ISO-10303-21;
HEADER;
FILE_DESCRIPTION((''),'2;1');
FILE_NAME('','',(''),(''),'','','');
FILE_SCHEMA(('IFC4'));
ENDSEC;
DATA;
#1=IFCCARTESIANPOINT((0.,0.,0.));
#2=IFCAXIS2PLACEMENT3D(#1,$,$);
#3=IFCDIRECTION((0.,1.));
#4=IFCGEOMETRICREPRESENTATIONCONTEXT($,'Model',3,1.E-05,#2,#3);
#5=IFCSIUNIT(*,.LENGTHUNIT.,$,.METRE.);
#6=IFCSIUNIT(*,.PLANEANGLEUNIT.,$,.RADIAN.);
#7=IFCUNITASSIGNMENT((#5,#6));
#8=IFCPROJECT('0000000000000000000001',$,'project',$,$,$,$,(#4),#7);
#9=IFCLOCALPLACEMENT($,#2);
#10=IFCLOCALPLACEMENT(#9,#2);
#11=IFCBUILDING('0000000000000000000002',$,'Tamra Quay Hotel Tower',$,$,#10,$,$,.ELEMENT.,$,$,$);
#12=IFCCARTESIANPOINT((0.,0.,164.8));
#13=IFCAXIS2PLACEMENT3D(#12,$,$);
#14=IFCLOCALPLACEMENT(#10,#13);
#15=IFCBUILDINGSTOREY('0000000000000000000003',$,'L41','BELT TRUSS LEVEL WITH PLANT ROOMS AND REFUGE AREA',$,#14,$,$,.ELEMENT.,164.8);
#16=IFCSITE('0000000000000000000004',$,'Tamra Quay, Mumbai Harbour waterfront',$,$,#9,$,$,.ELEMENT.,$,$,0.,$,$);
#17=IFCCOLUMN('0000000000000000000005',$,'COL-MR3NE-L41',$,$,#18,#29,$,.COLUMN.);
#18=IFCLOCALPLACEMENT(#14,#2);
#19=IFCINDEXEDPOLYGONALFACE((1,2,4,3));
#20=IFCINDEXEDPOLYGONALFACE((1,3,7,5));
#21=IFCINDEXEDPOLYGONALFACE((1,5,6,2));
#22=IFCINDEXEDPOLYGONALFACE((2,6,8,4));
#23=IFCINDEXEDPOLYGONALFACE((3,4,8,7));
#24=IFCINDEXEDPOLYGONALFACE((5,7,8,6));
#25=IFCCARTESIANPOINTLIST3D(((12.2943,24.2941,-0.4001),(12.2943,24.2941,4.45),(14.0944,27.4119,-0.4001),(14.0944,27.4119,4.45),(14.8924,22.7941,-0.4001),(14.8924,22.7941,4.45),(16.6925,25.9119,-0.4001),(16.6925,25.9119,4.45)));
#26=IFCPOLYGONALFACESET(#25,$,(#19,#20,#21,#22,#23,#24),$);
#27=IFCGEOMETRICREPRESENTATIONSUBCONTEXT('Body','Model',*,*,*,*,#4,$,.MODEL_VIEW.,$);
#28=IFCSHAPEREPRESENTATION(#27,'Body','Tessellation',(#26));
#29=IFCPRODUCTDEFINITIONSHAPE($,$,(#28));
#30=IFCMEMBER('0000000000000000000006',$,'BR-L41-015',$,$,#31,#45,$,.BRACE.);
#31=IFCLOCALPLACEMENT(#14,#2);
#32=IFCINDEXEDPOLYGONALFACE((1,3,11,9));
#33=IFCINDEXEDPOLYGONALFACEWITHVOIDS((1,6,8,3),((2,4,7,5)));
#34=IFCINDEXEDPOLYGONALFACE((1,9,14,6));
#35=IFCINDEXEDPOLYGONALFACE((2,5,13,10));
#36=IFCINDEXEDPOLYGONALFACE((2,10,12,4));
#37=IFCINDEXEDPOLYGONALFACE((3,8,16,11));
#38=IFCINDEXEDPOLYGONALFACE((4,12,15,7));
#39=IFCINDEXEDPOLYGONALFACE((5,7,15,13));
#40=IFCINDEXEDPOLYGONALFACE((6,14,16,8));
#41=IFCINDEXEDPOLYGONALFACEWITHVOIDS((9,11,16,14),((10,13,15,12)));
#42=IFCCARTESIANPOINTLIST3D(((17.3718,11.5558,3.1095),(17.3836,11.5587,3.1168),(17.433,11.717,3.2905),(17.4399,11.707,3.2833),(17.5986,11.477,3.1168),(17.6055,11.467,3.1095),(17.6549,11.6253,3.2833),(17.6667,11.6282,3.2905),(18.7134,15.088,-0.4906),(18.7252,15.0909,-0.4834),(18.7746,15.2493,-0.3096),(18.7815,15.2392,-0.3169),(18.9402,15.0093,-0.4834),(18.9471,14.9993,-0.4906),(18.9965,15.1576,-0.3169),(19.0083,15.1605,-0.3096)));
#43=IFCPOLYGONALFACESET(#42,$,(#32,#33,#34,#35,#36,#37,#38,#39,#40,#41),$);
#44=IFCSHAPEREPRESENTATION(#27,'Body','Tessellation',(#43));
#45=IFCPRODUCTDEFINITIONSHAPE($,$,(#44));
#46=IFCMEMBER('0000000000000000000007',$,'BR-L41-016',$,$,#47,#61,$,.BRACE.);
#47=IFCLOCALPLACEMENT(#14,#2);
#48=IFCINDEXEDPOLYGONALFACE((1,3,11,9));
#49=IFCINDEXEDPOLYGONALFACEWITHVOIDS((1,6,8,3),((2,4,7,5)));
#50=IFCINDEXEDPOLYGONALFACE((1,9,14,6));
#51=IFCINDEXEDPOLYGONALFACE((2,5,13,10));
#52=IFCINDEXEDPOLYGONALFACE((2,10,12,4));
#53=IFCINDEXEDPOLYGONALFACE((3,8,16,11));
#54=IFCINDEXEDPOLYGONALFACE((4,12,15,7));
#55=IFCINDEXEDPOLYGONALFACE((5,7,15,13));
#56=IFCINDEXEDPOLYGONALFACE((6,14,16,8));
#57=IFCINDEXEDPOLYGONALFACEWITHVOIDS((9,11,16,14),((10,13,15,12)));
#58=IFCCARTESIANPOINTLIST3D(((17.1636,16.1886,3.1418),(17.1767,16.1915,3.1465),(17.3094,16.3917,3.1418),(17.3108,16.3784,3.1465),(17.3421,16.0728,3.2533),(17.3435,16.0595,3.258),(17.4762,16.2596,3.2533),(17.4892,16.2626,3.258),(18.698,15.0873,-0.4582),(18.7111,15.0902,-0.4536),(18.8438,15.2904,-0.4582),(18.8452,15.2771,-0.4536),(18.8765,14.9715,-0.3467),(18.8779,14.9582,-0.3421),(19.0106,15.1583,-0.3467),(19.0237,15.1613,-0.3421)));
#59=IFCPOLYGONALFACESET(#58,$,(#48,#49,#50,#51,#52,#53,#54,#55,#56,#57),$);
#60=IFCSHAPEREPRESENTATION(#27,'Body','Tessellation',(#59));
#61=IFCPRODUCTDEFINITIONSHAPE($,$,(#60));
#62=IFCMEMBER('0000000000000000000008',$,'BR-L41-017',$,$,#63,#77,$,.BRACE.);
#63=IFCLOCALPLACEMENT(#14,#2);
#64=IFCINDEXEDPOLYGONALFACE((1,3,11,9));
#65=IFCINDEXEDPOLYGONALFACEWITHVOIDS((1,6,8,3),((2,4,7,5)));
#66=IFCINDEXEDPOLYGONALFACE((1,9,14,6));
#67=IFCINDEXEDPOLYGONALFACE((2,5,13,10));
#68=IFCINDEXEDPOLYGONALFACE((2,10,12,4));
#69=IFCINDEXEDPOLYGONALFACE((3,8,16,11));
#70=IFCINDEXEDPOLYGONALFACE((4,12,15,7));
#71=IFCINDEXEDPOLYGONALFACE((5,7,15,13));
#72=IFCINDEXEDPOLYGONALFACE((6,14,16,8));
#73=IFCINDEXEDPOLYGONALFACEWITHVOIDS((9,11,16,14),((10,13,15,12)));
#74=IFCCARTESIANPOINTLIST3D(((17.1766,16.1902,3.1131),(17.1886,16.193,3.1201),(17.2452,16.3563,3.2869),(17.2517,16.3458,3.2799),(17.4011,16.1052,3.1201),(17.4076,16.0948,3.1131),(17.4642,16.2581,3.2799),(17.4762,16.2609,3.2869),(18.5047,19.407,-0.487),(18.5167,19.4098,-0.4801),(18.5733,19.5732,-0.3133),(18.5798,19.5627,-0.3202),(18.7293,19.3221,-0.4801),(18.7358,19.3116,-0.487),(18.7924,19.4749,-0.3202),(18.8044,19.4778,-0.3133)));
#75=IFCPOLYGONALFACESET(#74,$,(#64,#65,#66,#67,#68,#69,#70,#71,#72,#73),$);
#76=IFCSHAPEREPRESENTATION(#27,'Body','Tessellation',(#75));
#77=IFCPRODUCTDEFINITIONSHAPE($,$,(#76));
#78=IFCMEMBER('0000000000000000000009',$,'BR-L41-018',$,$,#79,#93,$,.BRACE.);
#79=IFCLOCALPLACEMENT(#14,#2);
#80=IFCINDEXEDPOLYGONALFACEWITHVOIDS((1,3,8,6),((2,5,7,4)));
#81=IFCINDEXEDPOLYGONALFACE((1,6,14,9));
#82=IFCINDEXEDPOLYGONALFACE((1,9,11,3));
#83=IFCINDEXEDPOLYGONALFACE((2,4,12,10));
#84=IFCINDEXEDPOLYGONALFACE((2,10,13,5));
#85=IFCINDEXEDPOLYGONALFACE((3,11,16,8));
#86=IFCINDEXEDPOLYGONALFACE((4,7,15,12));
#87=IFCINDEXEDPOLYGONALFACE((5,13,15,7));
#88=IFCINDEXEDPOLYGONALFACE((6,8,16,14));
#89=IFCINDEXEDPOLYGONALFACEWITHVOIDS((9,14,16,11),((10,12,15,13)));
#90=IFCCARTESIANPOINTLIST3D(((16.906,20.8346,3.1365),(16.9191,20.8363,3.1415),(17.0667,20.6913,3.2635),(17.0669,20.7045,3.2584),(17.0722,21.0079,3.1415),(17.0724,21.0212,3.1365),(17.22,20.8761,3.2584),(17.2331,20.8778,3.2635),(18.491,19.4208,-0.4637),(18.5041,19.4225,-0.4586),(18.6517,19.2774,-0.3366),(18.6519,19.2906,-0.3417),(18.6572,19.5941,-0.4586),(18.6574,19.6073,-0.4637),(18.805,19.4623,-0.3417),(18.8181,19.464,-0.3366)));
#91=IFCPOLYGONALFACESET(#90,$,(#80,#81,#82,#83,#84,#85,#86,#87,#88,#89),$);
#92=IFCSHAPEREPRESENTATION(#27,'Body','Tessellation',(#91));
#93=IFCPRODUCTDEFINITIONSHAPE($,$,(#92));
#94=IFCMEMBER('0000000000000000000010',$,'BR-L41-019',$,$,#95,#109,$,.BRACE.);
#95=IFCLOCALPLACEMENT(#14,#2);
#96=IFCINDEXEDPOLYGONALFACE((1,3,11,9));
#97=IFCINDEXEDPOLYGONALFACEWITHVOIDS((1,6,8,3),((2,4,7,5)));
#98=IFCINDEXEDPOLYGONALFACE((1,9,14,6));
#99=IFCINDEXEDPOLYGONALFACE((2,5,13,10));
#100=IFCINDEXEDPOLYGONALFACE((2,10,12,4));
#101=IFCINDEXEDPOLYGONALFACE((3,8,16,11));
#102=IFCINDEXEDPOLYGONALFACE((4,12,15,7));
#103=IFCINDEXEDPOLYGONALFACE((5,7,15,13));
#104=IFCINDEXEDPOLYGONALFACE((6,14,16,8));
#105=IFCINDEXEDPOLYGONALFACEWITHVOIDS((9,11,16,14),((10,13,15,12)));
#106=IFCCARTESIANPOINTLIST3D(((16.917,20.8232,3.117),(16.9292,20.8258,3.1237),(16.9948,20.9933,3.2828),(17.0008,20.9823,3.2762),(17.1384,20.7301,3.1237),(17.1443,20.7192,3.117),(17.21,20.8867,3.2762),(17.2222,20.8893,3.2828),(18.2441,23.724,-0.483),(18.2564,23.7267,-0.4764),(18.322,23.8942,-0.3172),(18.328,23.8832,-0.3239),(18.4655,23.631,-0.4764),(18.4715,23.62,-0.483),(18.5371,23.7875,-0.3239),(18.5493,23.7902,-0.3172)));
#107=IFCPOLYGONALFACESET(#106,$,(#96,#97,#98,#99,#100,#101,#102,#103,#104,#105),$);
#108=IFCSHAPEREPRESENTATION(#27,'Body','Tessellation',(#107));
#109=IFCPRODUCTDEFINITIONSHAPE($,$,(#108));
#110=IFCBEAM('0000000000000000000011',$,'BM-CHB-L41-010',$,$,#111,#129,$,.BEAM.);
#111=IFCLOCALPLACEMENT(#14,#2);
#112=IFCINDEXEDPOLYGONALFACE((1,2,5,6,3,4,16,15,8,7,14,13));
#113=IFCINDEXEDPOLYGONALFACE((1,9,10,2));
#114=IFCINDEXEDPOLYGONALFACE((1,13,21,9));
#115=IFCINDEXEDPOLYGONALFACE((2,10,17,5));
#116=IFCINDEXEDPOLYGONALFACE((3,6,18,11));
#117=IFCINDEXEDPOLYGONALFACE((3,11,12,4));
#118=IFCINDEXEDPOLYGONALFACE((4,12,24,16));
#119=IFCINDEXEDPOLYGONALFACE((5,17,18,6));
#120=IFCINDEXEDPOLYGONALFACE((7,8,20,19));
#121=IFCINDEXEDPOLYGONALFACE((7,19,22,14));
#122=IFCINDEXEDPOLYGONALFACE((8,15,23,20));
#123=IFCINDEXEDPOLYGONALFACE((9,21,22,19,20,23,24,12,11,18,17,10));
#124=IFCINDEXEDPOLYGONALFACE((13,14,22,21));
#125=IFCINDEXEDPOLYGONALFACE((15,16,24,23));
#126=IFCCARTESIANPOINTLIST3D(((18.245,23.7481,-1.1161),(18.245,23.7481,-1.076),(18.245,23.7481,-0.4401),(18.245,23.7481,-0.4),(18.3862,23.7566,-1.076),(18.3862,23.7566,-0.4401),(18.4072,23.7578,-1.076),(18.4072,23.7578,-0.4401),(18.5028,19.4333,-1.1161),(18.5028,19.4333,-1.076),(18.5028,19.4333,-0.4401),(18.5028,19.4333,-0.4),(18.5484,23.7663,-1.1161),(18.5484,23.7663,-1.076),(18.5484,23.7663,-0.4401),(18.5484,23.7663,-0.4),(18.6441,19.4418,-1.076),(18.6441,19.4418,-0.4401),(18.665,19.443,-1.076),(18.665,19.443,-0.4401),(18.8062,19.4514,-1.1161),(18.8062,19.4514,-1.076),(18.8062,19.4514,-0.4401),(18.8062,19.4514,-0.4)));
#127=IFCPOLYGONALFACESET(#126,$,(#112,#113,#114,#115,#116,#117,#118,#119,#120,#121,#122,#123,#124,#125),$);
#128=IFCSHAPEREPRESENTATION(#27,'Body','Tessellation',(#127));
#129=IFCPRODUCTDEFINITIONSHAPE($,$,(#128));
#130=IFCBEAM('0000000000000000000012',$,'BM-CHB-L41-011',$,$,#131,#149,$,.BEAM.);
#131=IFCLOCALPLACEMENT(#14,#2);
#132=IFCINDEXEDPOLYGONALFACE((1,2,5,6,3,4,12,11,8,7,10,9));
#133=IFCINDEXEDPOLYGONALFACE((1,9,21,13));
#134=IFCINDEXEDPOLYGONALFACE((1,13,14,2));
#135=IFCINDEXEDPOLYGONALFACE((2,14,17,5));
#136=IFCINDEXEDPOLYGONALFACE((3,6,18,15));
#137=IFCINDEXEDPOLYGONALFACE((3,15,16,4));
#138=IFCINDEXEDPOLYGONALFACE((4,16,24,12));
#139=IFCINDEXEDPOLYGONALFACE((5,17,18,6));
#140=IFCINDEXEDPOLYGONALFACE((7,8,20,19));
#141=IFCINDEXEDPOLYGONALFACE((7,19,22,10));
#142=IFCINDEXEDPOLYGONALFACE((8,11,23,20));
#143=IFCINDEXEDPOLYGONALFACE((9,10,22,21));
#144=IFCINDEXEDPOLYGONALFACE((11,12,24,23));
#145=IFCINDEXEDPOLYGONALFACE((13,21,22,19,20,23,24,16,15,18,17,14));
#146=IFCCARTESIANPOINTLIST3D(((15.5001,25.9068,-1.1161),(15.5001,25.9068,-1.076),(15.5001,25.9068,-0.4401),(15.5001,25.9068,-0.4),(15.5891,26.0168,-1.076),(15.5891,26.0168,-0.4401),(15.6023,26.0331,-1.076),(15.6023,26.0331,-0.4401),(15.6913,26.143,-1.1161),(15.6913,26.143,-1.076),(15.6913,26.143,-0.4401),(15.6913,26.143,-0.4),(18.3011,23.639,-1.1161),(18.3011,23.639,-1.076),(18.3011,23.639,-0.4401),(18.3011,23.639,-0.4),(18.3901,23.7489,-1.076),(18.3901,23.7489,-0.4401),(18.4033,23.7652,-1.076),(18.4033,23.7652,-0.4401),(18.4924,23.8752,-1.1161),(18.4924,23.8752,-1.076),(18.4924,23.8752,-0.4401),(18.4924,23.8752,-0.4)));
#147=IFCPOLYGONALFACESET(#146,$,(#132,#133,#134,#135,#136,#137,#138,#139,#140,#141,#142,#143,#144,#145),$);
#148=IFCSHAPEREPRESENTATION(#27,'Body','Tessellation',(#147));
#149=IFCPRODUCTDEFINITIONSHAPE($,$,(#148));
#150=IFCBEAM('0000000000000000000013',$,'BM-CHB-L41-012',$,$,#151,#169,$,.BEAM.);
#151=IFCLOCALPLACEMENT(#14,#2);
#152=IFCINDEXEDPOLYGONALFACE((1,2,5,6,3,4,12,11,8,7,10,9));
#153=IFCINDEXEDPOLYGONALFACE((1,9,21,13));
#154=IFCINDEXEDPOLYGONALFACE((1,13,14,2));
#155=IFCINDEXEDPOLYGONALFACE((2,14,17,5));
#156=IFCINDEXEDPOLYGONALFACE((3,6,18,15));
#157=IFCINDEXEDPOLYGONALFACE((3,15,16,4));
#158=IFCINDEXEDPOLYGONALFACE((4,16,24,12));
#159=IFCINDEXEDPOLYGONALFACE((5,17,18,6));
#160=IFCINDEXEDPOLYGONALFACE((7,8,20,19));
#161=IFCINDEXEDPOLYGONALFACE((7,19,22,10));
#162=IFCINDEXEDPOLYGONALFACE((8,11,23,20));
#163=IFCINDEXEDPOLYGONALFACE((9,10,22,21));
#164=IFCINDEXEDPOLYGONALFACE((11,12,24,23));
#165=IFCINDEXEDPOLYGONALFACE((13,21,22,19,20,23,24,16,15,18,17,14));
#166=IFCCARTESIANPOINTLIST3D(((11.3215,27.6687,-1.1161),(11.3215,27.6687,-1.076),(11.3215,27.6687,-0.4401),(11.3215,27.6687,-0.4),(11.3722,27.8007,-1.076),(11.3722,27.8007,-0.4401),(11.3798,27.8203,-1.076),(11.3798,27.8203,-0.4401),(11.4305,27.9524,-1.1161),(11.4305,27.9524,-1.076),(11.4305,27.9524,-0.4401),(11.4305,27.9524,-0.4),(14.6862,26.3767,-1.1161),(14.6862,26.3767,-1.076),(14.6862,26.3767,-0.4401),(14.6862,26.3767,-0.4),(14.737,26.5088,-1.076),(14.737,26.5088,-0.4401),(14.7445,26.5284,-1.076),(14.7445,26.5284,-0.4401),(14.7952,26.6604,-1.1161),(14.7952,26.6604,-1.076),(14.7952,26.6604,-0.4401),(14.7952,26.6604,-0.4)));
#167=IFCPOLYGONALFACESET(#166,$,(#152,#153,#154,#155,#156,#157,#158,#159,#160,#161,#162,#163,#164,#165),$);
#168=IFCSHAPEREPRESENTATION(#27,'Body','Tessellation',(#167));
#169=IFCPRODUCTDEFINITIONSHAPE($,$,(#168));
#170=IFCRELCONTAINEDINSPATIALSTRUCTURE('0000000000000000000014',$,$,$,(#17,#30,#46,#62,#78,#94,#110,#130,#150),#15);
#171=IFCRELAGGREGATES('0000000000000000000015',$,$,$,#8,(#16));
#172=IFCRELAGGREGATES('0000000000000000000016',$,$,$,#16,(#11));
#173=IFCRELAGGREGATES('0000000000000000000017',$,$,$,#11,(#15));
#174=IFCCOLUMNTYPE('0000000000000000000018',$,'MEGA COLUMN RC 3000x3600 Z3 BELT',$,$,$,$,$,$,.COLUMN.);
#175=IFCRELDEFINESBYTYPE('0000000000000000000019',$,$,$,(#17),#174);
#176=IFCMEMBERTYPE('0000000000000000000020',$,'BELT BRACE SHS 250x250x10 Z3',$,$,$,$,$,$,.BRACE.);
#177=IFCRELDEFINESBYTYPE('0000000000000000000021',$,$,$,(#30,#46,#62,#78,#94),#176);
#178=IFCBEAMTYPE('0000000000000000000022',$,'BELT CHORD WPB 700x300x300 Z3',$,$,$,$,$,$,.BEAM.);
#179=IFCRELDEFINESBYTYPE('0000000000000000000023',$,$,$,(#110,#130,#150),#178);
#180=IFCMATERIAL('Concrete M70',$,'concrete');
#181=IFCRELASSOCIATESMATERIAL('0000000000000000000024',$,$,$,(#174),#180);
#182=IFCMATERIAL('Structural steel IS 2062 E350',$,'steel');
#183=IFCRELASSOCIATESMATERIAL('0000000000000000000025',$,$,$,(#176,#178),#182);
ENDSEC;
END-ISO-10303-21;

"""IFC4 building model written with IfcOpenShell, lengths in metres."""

from ifc_helpers import new_model, si_unit, direction, frame, origin, origin_2d, place, context, subcontext, project, spatial, rectangle, hollow_rectangle, i_section, extrude, material, material_profile, profile_set, type_object, element, save


model = new_model("IFC4")

# Units and contexts
model_context = context("Model", 3, precision=1e-05, world=origin(), true_north=direction((0.0, 1.0)))
body_context = subcontext(model_context, "Body", "Model", "MODEL_VIEW")
ifc_project = project(units=[si_unit("LENGTHUNIT", "METRE"), si_unit("PLANEANGLEUNIT", "RADIAN")], contexts=[model_context])

# Site, building, storey
site_placement = place(None, origin())
site = spatial("IfcSite", under=ifc_project, at=site_placement, Name="Tamra Quay, Mumbai Harbour waterfront", CompositionType="ELEMENT", RefElevation=0.0)
building_placement = place(site_placement, origin())
building = spatial("IfcBuilding", under=site, at=building_placement, Name="Tamra Quay Hotel Tower", CompositionType="ELEMENT")
storey_placement = place(building_placement, frame((0.0, 0.0, 164.8)))
storey = spatial("IfcBuildingStorey", under=building, at=storey_placement, Name="L41", Description="BELT TRUSS LEVEL WITH PLANT ROOMS AND REFUGE AREA", CompositionType="ELEMENT", Elevation=164.8)

# Column
ifc_material_1 = material(Name="Concrete M70", Category="concrete")
ifc_material_profile_1 = material_profile(ifc_material_1, rectangle(XDim=3.6001, YDim=3.0, at=origin_2d()), Name="MEGA COLUMN RC 3000x3600 Z3 BELT")
ifc_profile_set_1 = profile_set([ifc_material_profile_1], Name="Concrete M70")
column_type = type_object("IfcColumnType", Name="MEGA COLUMN RC 3000x3600 Z3 BELT", PredefinedType="COLUMN", material=ifc_profile_set_1)
column_placement = place(storey_placement, frame((14.4934, 25.103, -0.4001), z_axis=(0.0, 0.0, 1.0), x_axis=(0.5, 0.866025, 0.0)))
element("IfcColumn", 1, at=column_placement, inside=storey, type_object=column_type, Name="COL-MR3NE-L41", PredefinedType="COLUMN", context=body_context, shape_type="SweptSolid", body=[
    extrude(rectangle(XDim=3.6001, YDim=3.0, at=origin_2d()), origin(), (0.0, 0.0, 1.0), 4.8501),
])

# Members
ifc_material_2 = material(Name="Structural steel IS 2062 E350", Category="steel")
ifc_material_profile_2 = material_profile(ifc_material_2, hollow_rectangle(XDim=0.25, YDim=0.25, WallThickness=0.01, at=origin_2d()), Name="SHS 250x250x10")
ifc_profile_set_2 = profile_set([ifc_material_profile_2], Name="Structural steel IS 2062 E350")
member_type_1 = type_object("IfcMemberType", Name="BELT BRACE SHS 250x250x10 Z3", PredefinedType="BRACE", material=ifc_profile_set_2)
member_1_placement = place(storey_placement, frame((18.8608, 15.1243, -0.4001), z_axis=(-0.257056, -0.676812, 0.689817), x_axis=(0.934845, -0.355057, 0.0)))
element("IfcMember", 2, at=member_1_placement, inside=storey, type_object=member_type_1, Name="BR-L41-015", PredefinedType="BRACE", context=body_context, shape_type="SweptSolid", body=[
    extrude(hollow_rectangle(XDim=0.25, YDim=0.25, WallThickness=0.01, at=origin_2d()), origin(), (0.0, 0.0, 1.0), 5.219),
])
member_2_placement = place(storey_placement, frame((18.8608, 15.1243, -0.4001), z_axis=(-0.377428, 0.270896, 0.88553), x_axis=(-0.583095, -0.812404, 0.0)))
element("IfcMember", 3, at=member_2_placement, inside=storey, type_object=member_type_1, Name="BR-L41-016", PredefinedType="BRACE", context=body_context, shape_type="SweptSolid", body=[
    extrude(hollow_rectangle(XDim=0.25, YDim=0.25, WallThickness=0.01, at=origin_2d()), origin(), (0.0, 0.0, 1.0), 4.0654),
])
member_3_placement = place(storey_placement, frame((18.6545, 19.4424, -0.4001), z_axis=(-0.265241, -0.64243, 0.718979), x_axis=(0.924317, -0.381625, 0.0)))
element("IfcMember", 4, at=member_3_placement, inside=storey, type_object=member_type_1, Name="BR-L41-017", PredefinedType="BRACE", context=body_context, shape_type="SweptSolid", body=[
    extrude(hollow_rectangle(XDim=0.25, YDim=0.25, WallThickness=0.01, at=origin_2d()), origin(), (0.0, 0.0, 1.0), 5.0073),
])
member_4_placement = place(storey_placement, frame((18.6545, 19.4424, -0.4001), z_axis=(-0.379185, 0.338241, 0.861285), x_axis=(-0.665668, -0.746248, 0.0)))
element("IfcMember", 5, at=member_4_placement, inside=storey, type_object=member_type_1, Name="BR-L41-018", PredefinedType="BRACE", context=body_context, shape_type="SweptSolid", body=[
    extrude(hollow_rectangle(XDim=0.25, YDim=0.25, WallThickness=0.01, at=origin_2d()), origin(), (0.0, 0.0, 1.0), 4.1799),
])
member_5_placement = place(storey_placement, frame((18.3967, 23.7571, -0.4001), z_axis=(-0.275908, -0.60308, 0.748444), x_axis=(0.909352, -0.416027, 0.0)))
element("IfcMember", 6, at=member_5_placement, inside=storey, type_object=member_type_1, Name="BR-L41-019", PredefinedType="BRACE", context=body_context, shape_type="SweptSolid", body=[
    extrude(hollow_rectangle(XDim=0.25, YDim=0.25, WallThickness=0.01, at=origin_2d()), origin(), (0.0, 0.0, 1.0), 4.8101),
])

# Beams
ifc_material_profile_3 = material_profile(ifc_material_2, i_section(OverallWidth=0.304, OverallDepth=0.7161, WebThickness=0.021, FlangeThickness=0.04, at=origin_2d()), Name="WPB 700x300x300")
ifc_profile_set_3 = profile_set([ifc_material_profile_3], Name="Structural steel IS 2062 E350")
beam_type_1 = type_object("IfcBeamType", Name="BELT CHORD WPB 700x300x300 Z3", PredefinedType="BEAM", material=ifc_profile_set_3)
beam_1_placement = place(storey_placement, frame((18.6545, 19.4424, -0.7581), z_axis=(-0.059646, 0.99822, 0.0), x_axis=(-0.99822, -0.059646, 0.0)))
element("IfcBeam", 7, at=beam_1_placement, inside=storey, type_object=beam_type_1, Name="BM-CHB-L41-010", PredefinedType="BEAM", context=body_context, shape_type="SweptSolid", body=[
    extrude(i_section(OverallWidth=0.304, OverallDepth=0.7161, WebThickness=0.021, FlangeThickness=0.04, at=origin_2d()), origin(), (0.0, 0.0, 1.0), 4.3225),
])
beam_2_placement = place(storey_placement, frame((18.3967, 23.7571, -0.7581), z_axis=(-0.777201, 0.629253, 0.0), x_axis=(-0.629253, -0.777201, 0.0)))
element("IfcBeam", 8, at=beam_2_placement, inside=storey, type_object=beam_type_1, Name="BM-CHB-L41-011", PredefinedType="BEAM", context=body_context, shape_type="SweptSolid", body=[
    extrude(i_section(OverallWidth=0.304, OverallDepth=0.7161, WebThickness=0.021, FlangeThickness=0.04, at=origin_2d()), origin(), (0.0, 0.0, 1.0), 3.604),
])
beam_3_placement = place(storey_placement, frame((14.7407, 26.5186, -0.7581), z_axis=(-0.933544, 0.358462, 0.0), x_axis=(-0.358462, -0.933544, 0.0)))
element("IfcBeam", 9, at=beam_3_placement, inside=storey, type_object=beam_type_1, Name="BM-CHB-L41-012", PredefinedType="BEAM", context=body_context, shape_type="SweptSolid", body=[
    extrude(i_section(OverallWidth=0.304, OverallDepth=0.7161, WebThickness=0.021, FlangeThickness=0.04, at=origin_2d()), origin(), (0.0, 0.0, 1.0), 3.6042),
])

save(model, "model.ifc")
